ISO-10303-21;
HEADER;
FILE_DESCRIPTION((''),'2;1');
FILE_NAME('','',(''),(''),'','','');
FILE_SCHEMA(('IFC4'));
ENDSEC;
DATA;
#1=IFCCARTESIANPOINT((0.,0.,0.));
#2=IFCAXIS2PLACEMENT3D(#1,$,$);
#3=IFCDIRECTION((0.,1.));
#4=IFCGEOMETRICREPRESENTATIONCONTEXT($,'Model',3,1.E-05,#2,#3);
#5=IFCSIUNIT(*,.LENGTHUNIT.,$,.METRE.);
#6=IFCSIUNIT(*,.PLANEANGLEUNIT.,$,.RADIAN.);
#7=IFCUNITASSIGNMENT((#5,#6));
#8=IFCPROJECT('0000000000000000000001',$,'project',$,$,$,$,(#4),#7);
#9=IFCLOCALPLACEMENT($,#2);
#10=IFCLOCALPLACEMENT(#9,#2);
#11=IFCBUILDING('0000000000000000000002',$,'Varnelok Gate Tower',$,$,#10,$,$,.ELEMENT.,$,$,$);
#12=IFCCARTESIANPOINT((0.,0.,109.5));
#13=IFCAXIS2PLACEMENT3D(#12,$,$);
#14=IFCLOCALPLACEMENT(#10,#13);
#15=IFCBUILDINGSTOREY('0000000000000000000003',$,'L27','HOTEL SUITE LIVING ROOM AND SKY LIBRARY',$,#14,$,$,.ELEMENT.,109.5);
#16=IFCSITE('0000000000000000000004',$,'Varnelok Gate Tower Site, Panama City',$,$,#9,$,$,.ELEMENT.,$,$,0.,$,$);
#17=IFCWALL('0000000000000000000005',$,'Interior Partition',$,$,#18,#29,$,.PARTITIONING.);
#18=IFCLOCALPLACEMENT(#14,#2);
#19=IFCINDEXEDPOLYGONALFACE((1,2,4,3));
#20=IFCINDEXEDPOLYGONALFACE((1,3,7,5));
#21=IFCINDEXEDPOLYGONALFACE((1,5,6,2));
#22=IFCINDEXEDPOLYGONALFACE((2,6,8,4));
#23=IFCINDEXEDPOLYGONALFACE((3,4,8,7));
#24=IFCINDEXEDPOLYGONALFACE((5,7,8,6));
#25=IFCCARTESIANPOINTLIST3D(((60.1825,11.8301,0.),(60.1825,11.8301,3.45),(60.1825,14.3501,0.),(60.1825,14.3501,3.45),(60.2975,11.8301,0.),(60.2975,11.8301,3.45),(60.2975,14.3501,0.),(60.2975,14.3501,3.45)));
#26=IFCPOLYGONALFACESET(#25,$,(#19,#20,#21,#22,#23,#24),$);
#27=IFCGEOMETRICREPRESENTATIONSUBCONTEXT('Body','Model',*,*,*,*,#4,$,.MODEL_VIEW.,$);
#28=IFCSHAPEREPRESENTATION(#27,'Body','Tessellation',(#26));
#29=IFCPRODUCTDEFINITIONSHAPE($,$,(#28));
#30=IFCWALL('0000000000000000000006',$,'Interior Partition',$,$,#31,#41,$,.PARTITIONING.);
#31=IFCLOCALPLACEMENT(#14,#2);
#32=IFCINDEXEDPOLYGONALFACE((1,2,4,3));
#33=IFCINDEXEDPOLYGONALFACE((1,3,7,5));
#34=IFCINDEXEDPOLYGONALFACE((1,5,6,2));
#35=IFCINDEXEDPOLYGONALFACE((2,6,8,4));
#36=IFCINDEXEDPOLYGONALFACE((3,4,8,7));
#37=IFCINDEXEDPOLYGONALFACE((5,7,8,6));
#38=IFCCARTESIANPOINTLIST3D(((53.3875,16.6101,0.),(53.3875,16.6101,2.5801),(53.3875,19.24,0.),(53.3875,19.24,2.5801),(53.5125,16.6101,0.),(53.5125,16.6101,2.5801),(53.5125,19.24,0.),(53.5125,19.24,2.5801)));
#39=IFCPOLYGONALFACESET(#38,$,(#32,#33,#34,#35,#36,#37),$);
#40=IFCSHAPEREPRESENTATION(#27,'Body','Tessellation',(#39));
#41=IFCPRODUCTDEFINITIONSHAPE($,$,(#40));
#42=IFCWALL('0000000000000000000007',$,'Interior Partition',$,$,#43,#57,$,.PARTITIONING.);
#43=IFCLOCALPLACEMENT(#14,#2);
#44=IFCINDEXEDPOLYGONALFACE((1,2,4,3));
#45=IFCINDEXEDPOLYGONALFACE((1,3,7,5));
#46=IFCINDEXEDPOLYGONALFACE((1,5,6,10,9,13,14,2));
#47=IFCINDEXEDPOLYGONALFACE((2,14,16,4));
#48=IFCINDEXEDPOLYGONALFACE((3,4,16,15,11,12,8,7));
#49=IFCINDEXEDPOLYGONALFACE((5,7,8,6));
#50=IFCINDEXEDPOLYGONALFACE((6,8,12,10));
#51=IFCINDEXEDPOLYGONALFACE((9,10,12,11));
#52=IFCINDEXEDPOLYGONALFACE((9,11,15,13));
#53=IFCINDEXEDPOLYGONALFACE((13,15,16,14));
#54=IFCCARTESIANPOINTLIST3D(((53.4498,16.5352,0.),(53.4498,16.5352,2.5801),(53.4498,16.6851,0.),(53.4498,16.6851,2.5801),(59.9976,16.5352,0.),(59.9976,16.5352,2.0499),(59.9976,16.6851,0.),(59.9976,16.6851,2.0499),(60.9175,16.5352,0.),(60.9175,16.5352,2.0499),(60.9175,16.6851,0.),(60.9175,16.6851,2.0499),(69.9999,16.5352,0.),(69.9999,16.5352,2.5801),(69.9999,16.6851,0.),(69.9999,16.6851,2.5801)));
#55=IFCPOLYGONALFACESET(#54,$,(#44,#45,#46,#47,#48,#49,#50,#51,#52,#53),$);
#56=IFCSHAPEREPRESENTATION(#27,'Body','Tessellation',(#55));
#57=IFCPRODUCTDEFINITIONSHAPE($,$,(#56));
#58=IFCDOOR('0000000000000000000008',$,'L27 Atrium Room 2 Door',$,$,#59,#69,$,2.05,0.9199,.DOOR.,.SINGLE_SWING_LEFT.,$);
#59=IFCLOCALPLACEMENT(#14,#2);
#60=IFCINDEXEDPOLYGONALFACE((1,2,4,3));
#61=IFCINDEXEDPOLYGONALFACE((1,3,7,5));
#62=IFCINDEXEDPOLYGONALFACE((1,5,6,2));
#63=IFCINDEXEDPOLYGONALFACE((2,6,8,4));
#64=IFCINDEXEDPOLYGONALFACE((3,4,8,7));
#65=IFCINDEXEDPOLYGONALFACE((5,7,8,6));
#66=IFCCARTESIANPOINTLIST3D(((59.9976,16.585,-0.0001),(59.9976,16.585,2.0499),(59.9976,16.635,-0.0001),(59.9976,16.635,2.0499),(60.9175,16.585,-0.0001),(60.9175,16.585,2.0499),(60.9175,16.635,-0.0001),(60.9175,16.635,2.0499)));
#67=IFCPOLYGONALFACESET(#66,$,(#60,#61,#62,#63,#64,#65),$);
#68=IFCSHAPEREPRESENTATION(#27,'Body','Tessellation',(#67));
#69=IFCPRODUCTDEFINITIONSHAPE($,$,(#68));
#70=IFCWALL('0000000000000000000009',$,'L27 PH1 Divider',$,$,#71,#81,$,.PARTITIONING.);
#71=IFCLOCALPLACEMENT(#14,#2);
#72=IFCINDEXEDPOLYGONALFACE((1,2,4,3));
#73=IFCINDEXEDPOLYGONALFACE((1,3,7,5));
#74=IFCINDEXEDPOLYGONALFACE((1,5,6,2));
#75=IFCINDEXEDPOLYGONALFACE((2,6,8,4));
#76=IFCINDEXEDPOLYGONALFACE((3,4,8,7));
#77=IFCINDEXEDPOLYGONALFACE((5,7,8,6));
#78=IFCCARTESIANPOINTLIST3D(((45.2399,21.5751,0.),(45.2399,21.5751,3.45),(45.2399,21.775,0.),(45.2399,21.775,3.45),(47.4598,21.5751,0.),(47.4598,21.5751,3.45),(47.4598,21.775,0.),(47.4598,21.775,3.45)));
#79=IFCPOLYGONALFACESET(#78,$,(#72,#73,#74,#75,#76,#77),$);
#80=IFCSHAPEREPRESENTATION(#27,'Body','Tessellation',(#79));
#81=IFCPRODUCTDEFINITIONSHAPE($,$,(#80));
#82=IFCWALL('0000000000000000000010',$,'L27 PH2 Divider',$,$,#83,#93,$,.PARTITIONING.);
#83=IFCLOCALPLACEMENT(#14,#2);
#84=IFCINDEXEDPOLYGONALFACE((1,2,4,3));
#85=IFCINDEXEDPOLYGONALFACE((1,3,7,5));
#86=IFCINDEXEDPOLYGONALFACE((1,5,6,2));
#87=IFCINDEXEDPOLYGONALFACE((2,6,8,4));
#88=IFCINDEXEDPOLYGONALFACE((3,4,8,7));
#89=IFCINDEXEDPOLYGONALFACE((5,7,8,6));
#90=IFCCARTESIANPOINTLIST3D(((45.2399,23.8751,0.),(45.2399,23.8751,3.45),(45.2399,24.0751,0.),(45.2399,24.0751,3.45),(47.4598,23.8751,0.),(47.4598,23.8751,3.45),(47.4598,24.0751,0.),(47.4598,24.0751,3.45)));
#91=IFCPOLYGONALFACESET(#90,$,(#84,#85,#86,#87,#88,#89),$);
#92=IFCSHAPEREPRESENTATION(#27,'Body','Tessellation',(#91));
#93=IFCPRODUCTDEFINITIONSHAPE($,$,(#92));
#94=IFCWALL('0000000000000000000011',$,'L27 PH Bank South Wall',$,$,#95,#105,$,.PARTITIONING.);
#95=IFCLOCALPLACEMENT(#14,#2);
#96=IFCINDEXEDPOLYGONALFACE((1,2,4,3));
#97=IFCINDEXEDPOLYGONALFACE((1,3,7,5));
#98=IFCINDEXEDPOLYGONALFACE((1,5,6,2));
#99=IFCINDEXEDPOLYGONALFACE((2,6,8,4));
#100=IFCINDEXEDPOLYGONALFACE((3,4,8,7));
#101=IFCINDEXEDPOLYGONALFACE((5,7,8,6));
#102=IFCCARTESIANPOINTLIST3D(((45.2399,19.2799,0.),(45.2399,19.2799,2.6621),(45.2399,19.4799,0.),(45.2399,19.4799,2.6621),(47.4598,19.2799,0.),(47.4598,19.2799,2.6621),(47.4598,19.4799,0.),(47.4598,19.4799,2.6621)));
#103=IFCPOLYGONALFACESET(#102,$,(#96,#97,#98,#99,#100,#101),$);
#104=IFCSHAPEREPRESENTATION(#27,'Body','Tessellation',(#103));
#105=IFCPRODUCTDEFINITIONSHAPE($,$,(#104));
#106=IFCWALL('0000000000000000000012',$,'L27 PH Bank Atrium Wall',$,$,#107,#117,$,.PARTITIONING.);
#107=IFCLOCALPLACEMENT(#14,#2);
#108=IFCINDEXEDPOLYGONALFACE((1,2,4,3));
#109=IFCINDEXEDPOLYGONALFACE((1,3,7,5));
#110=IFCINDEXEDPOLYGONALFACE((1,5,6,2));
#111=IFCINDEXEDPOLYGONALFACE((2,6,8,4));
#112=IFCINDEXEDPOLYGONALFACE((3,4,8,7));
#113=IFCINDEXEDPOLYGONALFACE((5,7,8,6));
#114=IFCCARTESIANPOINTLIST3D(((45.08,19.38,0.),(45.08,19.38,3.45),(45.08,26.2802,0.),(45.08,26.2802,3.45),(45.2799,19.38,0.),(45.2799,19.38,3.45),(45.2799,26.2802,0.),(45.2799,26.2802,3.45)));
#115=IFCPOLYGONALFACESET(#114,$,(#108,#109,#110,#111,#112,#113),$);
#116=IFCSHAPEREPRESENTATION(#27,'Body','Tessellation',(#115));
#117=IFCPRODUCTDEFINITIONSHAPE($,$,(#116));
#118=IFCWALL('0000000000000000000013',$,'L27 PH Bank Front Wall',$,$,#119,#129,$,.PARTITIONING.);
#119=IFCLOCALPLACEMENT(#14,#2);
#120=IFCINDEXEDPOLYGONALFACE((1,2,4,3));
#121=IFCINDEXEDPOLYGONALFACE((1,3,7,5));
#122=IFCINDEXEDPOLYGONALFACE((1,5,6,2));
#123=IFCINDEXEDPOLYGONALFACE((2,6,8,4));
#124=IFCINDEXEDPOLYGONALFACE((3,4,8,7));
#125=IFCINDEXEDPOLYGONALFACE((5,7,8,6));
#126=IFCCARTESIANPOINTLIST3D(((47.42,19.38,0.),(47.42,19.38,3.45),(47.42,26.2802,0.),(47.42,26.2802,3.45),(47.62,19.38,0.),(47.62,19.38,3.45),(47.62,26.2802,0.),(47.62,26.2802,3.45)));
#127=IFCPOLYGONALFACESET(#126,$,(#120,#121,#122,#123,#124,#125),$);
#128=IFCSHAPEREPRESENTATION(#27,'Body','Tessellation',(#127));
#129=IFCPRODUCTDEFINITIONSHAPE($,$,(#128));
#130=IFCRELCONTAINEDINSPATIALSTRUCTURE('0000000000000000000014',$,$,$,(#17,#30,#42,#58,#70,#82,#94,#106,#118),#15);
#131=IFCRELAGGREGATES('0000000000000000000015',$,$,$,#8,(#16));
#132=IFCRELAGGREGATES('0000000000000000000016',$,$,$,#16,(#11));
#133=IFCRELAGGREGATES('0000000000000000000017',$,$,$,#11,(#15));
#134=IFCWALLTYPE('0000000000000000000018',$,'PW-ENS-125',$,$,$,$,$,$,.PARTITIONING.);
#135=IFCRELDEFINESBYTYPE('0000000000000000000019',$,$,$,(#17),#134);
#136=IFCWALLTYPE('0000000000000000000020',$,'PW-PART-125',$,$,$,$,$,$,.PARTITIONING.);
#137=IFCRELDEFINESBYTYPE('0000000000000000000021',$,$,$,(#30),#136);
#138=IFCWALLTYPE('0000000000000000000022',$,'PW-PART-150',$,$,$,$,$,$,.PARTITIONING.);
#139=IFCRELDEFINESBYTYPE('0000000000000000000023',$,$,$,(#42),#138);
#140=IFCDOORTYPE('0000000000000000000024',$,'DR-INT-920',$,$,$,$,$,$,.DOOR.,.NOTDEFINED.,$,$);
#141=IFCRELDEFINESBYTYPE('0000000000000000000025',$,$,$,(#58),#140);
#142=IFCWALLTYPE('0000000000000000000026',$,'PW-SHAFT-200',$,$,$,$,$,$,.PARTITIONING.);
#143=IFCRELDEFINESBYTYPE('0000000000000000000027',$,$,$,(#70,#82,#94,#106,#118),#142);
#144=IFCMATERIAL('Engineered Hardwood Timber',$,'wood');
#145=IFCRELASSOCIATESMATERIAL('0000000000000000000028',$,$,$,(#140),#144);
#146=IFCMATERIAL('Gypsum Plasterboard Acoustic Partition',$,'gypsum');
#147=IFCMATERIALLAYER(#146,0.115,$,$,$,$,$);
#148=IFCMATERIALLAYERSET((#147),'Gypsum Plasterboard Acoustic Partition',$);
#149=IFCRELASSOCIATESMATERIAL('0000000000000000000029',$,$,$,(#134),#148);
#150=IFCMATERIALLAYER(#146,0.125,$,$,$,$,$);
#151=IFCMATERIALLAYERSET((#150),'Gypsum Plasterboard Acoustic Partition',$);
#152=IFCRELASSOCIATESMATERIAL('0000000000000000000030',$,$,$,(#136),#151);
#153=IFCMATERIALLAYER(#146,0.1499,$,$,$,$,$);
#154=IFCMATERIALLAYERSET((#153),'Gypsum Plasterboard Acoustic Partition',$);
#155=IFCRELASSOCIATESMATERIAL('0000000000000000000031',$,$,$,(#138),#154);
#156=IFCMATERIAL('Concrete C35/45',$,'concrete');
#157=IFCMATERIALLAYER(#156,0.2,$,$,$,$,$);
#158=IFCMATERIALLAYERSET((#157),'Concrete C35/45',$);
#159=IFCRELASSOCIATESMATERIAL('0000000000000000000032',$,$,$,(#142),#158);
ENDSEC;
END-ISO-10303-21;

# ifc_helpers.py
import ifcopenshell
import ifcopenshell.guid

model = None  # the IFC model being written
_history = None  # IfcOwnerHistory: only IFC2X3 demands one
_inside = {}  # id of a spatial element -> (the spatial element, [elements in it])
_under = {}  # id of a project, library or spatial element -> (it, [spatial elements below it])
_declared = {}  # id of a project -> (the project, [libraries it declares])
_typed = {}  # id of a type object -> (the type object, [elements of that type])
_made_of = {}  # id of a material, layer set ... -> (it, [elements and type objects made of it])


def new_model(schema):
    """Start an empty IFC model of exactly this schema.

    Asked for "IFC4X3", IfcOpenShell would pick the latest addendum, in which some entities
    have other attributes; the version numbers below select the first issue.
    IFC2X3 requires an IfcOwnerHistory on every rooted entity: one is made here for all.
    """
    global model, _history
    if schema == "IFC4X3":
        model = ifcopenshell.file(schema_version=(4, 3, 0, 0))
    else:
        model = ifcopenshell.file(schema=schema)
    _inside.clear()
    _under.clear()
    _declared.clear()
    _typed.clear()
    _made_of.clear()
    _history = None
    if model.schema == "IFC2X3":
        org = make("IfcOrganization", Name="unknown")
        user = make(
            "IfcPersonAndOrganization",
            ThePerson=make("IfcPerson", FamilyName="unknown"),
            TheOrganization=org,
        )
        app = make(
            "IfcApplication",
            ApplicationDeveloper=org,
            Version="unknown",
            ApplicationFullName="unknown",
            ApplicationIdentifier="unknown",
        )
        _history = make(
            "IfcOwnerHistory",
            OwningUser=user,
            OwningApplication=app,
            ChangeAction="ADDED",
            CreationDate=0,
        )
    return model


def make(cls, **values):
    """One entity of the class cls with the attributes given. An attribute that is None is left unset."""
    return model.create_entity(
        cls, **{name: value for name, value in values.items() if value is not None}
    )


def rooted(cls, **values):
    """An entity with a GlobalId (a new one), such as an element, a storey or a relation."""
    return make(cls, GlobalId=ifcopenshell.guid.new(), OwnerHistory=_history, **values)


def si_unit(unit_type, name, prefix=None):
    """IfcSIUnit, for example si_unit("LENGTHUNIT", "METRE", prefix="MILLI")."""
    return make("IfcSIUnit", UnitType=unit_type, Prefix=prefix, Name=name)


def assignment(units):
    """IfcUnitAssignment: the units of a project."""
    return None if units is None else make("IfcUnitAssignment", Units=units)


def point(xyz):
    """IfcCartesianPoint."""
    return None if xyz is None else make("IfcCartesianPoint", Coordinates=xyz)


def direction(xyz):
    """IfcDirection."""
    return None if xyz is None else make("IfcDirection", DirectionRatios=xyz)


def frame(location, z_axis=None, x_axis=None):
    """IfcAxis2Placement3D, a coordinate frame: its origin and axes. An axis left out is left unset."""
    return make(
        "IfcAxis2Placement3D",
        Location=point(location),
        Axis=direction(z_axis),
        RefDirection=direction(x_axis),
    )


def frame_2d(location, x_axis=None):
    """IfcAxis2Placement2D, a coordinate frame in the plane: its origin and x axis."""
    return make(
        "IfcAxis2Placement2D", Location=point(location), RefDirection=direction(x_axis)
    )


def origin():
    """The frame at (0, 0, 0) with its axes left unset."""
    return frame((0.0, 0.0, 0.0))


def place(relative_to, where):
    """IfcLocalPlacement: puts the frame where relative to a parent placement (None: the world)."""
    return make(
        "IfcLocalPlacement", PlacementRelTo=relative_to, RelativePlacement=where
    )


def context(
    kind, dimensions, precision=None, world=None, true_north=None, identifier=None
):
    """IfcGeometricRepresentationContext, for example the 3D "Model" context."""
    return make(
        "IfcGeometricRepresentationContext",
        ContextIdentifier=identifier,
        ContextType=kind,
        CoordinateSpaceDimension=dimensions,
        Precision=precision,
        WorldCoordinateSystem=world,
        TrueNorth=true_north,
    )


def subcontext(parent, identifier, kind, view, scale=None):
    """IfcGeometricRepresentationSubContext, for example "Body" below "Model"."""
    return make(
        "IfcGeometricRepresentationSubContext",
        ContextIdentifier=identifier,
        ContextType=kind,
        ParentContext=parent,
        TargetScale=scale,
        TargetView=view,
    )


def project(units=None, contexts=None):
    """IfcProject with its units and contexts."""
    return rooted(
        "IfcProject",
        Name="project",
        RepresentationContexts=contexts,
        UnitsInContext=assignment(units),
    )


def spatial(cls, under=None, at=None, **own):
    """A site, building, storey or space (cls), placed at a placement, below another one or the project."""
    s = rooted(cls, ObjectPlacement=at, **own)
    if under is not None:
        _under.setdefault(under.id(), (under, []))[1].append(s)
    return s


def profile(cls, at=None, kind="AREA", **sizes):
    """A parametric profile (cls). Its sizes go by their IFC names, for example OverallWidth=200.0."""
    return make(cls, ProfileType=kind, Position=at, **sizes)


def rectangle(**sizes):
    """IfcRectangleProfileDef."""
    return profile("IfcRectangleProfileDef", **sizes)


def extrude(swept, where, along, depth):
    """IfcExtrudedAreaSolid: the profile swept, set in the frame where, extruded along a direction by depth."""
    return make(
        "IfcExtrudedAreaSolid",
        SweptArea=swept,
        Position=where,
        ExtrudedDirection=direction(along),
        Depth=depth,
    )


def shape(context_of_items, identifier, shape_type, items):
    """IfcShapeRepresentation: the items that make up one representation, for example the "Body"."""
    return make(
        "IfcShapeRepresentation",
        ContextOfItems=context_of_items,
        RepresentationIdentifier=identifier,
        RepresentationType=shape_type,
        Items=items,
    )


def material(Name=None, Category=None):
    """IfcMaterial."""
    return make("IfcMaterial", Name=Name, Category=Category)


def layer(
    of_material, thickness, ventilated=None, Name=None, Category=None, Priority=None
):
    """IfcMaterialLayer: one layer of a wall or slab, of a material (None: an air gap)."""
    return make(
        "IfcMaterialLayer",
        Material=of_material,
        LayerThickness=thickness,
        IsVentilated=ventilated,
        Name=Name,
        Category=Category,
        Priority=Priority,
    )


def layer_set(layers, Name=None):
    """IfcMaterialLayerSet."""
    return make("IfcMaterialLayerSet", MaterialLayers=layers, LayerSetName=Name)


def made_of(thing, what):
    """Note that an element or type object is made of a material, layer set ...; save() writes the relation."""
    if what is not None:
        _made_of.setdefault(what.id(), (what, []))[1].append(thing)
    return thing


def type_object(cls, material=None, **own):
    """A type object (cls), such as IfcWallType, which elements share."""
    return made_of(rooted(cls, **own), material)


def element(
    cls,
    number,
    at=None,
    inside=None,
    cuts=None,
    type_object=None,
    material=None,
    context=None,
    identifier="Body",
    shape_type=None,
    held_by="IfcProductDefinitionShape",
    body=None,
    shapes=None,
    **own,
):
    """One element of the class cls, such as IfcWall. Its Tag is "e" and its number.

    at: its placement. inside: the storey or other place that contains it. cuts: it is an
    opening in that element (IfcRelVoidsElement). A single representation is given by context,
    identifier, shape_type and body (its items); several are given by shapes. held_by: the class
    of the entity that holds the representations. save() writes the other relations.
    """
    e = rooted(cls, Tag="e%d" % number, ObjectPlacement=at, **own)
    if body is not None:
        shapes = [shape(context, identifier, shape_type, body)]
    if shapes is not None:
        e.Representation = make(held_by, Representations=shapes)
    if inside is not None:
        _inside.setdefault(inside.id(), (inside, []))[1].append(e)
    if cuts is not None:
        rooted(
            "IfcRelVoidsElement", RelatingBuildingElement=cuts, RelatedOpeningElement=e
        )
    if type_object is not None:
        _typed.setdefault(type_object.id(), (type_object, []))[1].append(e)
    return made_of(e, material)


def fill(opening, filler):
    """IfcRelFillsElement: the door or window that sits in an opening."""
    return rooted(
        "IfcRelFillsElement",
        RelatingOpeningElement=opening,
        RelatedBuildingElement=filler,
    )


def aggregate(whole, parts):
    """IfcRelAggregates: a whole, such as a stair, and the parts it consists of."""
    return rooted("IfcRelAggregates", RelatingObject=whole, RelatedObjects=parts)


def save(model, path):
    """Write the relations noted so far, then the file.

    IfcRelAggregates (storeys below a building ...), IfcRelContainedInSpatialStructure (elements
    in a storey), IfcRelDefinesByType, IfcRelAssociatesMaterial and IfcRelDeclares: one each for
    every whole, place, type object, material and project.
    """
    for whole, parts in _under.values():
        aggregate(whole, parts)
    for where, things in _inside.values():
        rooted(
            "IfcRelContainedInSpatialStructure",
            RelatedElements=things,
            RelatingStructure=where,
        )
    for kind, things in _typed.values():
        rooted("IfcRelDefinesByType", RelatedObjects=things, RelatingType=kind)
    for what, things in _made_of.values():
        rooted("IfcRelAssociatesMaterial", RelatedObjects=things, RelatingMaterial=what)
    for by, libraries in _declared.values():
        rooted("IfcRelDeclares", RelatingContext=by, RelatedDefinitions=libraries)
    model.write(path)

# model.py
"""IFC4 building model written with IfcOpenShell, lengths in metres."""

from ifc_helpers import new_model, si_unit, direction, frame, frame_2d, origin, place, context, subcontext, project, spatial, rectangle, extrude, material, layer, layer_set, type_object, element, fill, save


model = new_model("IFC4")

# Units and contexts
model_context = context("Model", 3, precision=1e-05, world=origin(), true_north=direction((0.0, 1.0)))
body_context = subcontext(model_context, "Body", "Model", "MODEL_VIEW")
ifc_project = project(units=[si_unit("LENGTHUNIT", "METRE"), si_unit("PLANEANGLEUNIT", "RADIAN")], contexts=[model_context])

# Site, building, storey
site_placement = place(None, origin())
site = spatial("IfcSite", under=ifc_project, at=site_placement, Name="Varnelok Gate Tower Site, Panama City", CompositionType="ELEMENT", RefElevation=0.0)
building_placement = place(site_placement, origin())
building = spatial("IfcBuilding", under=site, at=building_placement, Name="Varnelok Gate Tower", CompositionType="ELEMENT")
storey_placement = place(building_placement, frame((0.0, 0.0, 109.5)))
storey = spatial("IfcBuildingStorey", under=building, at=storey_placement, Name="L27", Description="HOTEL SUITE LIVING ROOM AND SKY LIBRARY", CompositionType="ELEMENT", Elevation=109.5)

# Shared definitions
ifc_material_1 = material(Name="Gypsum Plasterboard Acoustic Partition", Category="gypsum")
ifc_material_2 = material(Name="Engineered Hardwood Timber", Category="wood")
door_type_1 = type_object("IfcDoorType", Name="DR-INT-920", OperationType="NOTDEFINED", PredefinedType="DOOR", material=ifc_material_2)

# Walls
ifc_layer_1 = layer(ifc_material_1, 0.115)
ifc_layer_set_1 = layer_set([ifc_layer_1], Name="Gypsum Plasterboard Acoustic Partition")
wall_type_1 = type_object("IfcWallType", Name="PW-ENS-125", PredefinedType="PARTITIONING", material=ifc_layer_set_1)
wall_1_placement = place(storey_placement, frame((60.24, 11.8301, 0.0), z_axis=(0.0, 0.0, 1.0), x_axis=(0.0, 1.0, 0.0)))
element("IfcWall", 1, at=wall_1_placement, inside=storey, type_object=wall_type_1, Name="Interior Partition", PredefinedType="PARTITIONING", context=body_context, shape_type="SweptSolid", body=[
    extrude(rectangle(XDim=2.52, YDim=0.115, at=frame_2d((1.26, 0.0))), origin(), (0.0, 0.0, 1.0), 3.45),
])
ifc_layer_2 = layer(ifc_material_1, 0.125)
ifc_layer_set_2 = layer_set([ifc_layer_2], Name="Gypsum Plasterboard Acoustic Partition")
wall_type_2 = type_object("IfcWallType", Name="PW-PART-125", PredefinedType="PARTITIONING", material=ifc_layer_set_2)
wall_2_placement = place(storey_placement, frame((53.45, 16.6101, 0.0), z_axis=(0.0, 0.0, 1.0), x_axis=(0.0, 1.0, 0.0)))
element("IfcWall", 2, at=wall_2_placement, inside=storey, type_object=wall_type_2, Name="Interior Partition", PredefinedType="PARTITIONING", context=body_context, shape_type="SweptSolid", body=[
    extrude(rectangle(XDim=2.6299, YDim=0.125, at=frame_2d((1.3149, 0.0))), origin(), (0.0, 0.0, 1.0), 2.5801),
])

# Wall, opening, door
ifc_layer_3 = layer(ifc_material_1, 0.1499)
ifc_layer_set_3 = layer_set([ifc_layer_3], Name="Gypsum Plasterboard Acoustic Partition")
wall_type_3 = type_object("IfcWallType", Name="PW-PART-150", PredefinedType="PARTITIONING", material=ifc_layer_set_3)
wall_3_placement = place(storey_placement, frame((53.45, 16.6101, 0.0), z_axis=(0.0, 0.0, 1.0), x_axis=(1.0, 0.0, 0.0)))
wall_3 = element("IfcWall", 3, at=wall_3_placement, inside=storey, type_object=wall_type_3, Name="Interior Partition", PredefinedType="PARTITIONING", context=body_context, shape_type="SweptSolid", body=[
    extrude(rectangle(XDim=16.55, YDim=0.1499, at=frame_2d((8.2749, 0.0))), origin(), (0.0, 0.0, 1.0), 2.5801),
])
opening_1_placement = place(wall_3_placement, frame((6.5476, 0.0, 0.0)))
opening_1 = element("IfcOpeningElement", 4, at=opening_1_placement, cuts=wall_3, PredefinedType="OPENING", context=body_context, shape_type="SweptSolid", body=[
    extrude(rectangle(XDim=0.9199, YDim=2.05, at=frame_2d((0.46, 1.0249))), frame((0.0, 0.085, 0.0), z_axis=(0.0, -1.0, 0.0), x_axis=(1.0, 0.0, 0.0)), (0.0, 0.0, 1.0), 0.1699),
])
door_1_placement = place(opening_1_placement, origin())
door_1 = element("IfcDoor", 5, at=door_1_placement, inside=storey, type_object=door_type_1, Name="L27 Atrium Room 2 Door", OperationType="SINGLE_SWING_LEFT", OverallHeight=2.05, OverallWidth=0.9199, PredefinedType="DOOR", context=body_context, shape_type="SweptSolid", body=[
    extrude(rectangle(XDim=0.9199, YDim=2.05, at=frame_2d((0.46, 1.0249))), frame((0.0, 0.0249, 0.0), z_axis=(0.0, -1.0, 0.0), x_axis=(1.0, 0.0, 0.0)), (0.0, 0.0, 1.0), 0.05),
])
fill(opening_1, door_1)

# Walls
ifc_material_3 = material(Name="Concrete C35/45", Category="concrete")
ifc_layer_4 = layer(ifc_material_3, 0.2)
ifc_layer_set_4 = layer_set([ifc_layer_4], Name="Concrete C35/45")
wall_type_4 = type_object("IfcWallType", Name="PW-SHAFT-200", PredefinedType="PARTITIONING", material=ifc_layer_set_4)
for number, where, z_axis, x_axis, name in (
    (6, (45.24, 21.675, 0.0), (0.0, 0.0, 1.0), (1.0, 0.0, 0.0), "L27 PH1 Divider"),
    (7, (45.24, 23.9751, 0.0), (0.0, 0.0, 1.0), (1.0, 0.0, 0.0), "L27 PH2 Divider"),
):
    element("IfcWall", number, at=place(storey_placement, frame(where, z_axis=z_axis, x_axis=x_axis)), inside=storey, type_object=wall_type_4, Name=name, PredefinedType="PARTITIONING", context=body_context, shape_type="SweptSolid", body=[
        extrude(rectangle(XDim=2.22, YDim=0.2, at=frame_2d((1.1099, 0.0))), origin(), (0.0, 0.0, 1.0), 3.45),
    ])
wall_4_placement = place(storey_placement, frame((45.24, 19.3799, 0.0), z_axis=(0.0, 0.0, 1.0), x_axis=(1.0, 0.0, 0.0)))
element("IfcWall", 8, at=wall_4_placement, inside=storey, type_object=wall_type_4, Name="L27 PH Bank South Wall", PredefinedType="PARTITIONING", context=body_context, shape_type="SweptSolid", body=[
    extrude(rectangle(XDim=2.22, YDim=0.2, at=frame_2d((1.1099, 0.0))), origin(), (0.0, 0.0, 1.0), 2.6621),
])
for number, where, z_axis, x_axis, name in (
    (9, (45.1799, 19.3799, 0.0), (0.0, 0.0, 1.0), (0.0, 1.0, 0.0), "L27 PH Bank Atrium Wall"),
    (10, (47.52, 19.3799, 0.0), (0.0, 0.0, 1.0), (0.0, 1.0, 0.0), "L27 PH Bank Front Wall"),
):
    element("IfcWall", number, at=place(storey_placement, frame(where, z_axis=z_axis, x_axis=x_axis)), inside=storey, type_object=wall_type_4, Name=name, PredefinedType="PARTITIONING", context=body_context, shape_type="SweptSolid", body=[
        extrude(rectangle(XDim=6.9001, YDim=0.2, at=frame_2d((3.4502, 0.0))), origin(), (0.0, 0.0, 1.0), 3.45),
    ])

save(model, "model.ifc")
